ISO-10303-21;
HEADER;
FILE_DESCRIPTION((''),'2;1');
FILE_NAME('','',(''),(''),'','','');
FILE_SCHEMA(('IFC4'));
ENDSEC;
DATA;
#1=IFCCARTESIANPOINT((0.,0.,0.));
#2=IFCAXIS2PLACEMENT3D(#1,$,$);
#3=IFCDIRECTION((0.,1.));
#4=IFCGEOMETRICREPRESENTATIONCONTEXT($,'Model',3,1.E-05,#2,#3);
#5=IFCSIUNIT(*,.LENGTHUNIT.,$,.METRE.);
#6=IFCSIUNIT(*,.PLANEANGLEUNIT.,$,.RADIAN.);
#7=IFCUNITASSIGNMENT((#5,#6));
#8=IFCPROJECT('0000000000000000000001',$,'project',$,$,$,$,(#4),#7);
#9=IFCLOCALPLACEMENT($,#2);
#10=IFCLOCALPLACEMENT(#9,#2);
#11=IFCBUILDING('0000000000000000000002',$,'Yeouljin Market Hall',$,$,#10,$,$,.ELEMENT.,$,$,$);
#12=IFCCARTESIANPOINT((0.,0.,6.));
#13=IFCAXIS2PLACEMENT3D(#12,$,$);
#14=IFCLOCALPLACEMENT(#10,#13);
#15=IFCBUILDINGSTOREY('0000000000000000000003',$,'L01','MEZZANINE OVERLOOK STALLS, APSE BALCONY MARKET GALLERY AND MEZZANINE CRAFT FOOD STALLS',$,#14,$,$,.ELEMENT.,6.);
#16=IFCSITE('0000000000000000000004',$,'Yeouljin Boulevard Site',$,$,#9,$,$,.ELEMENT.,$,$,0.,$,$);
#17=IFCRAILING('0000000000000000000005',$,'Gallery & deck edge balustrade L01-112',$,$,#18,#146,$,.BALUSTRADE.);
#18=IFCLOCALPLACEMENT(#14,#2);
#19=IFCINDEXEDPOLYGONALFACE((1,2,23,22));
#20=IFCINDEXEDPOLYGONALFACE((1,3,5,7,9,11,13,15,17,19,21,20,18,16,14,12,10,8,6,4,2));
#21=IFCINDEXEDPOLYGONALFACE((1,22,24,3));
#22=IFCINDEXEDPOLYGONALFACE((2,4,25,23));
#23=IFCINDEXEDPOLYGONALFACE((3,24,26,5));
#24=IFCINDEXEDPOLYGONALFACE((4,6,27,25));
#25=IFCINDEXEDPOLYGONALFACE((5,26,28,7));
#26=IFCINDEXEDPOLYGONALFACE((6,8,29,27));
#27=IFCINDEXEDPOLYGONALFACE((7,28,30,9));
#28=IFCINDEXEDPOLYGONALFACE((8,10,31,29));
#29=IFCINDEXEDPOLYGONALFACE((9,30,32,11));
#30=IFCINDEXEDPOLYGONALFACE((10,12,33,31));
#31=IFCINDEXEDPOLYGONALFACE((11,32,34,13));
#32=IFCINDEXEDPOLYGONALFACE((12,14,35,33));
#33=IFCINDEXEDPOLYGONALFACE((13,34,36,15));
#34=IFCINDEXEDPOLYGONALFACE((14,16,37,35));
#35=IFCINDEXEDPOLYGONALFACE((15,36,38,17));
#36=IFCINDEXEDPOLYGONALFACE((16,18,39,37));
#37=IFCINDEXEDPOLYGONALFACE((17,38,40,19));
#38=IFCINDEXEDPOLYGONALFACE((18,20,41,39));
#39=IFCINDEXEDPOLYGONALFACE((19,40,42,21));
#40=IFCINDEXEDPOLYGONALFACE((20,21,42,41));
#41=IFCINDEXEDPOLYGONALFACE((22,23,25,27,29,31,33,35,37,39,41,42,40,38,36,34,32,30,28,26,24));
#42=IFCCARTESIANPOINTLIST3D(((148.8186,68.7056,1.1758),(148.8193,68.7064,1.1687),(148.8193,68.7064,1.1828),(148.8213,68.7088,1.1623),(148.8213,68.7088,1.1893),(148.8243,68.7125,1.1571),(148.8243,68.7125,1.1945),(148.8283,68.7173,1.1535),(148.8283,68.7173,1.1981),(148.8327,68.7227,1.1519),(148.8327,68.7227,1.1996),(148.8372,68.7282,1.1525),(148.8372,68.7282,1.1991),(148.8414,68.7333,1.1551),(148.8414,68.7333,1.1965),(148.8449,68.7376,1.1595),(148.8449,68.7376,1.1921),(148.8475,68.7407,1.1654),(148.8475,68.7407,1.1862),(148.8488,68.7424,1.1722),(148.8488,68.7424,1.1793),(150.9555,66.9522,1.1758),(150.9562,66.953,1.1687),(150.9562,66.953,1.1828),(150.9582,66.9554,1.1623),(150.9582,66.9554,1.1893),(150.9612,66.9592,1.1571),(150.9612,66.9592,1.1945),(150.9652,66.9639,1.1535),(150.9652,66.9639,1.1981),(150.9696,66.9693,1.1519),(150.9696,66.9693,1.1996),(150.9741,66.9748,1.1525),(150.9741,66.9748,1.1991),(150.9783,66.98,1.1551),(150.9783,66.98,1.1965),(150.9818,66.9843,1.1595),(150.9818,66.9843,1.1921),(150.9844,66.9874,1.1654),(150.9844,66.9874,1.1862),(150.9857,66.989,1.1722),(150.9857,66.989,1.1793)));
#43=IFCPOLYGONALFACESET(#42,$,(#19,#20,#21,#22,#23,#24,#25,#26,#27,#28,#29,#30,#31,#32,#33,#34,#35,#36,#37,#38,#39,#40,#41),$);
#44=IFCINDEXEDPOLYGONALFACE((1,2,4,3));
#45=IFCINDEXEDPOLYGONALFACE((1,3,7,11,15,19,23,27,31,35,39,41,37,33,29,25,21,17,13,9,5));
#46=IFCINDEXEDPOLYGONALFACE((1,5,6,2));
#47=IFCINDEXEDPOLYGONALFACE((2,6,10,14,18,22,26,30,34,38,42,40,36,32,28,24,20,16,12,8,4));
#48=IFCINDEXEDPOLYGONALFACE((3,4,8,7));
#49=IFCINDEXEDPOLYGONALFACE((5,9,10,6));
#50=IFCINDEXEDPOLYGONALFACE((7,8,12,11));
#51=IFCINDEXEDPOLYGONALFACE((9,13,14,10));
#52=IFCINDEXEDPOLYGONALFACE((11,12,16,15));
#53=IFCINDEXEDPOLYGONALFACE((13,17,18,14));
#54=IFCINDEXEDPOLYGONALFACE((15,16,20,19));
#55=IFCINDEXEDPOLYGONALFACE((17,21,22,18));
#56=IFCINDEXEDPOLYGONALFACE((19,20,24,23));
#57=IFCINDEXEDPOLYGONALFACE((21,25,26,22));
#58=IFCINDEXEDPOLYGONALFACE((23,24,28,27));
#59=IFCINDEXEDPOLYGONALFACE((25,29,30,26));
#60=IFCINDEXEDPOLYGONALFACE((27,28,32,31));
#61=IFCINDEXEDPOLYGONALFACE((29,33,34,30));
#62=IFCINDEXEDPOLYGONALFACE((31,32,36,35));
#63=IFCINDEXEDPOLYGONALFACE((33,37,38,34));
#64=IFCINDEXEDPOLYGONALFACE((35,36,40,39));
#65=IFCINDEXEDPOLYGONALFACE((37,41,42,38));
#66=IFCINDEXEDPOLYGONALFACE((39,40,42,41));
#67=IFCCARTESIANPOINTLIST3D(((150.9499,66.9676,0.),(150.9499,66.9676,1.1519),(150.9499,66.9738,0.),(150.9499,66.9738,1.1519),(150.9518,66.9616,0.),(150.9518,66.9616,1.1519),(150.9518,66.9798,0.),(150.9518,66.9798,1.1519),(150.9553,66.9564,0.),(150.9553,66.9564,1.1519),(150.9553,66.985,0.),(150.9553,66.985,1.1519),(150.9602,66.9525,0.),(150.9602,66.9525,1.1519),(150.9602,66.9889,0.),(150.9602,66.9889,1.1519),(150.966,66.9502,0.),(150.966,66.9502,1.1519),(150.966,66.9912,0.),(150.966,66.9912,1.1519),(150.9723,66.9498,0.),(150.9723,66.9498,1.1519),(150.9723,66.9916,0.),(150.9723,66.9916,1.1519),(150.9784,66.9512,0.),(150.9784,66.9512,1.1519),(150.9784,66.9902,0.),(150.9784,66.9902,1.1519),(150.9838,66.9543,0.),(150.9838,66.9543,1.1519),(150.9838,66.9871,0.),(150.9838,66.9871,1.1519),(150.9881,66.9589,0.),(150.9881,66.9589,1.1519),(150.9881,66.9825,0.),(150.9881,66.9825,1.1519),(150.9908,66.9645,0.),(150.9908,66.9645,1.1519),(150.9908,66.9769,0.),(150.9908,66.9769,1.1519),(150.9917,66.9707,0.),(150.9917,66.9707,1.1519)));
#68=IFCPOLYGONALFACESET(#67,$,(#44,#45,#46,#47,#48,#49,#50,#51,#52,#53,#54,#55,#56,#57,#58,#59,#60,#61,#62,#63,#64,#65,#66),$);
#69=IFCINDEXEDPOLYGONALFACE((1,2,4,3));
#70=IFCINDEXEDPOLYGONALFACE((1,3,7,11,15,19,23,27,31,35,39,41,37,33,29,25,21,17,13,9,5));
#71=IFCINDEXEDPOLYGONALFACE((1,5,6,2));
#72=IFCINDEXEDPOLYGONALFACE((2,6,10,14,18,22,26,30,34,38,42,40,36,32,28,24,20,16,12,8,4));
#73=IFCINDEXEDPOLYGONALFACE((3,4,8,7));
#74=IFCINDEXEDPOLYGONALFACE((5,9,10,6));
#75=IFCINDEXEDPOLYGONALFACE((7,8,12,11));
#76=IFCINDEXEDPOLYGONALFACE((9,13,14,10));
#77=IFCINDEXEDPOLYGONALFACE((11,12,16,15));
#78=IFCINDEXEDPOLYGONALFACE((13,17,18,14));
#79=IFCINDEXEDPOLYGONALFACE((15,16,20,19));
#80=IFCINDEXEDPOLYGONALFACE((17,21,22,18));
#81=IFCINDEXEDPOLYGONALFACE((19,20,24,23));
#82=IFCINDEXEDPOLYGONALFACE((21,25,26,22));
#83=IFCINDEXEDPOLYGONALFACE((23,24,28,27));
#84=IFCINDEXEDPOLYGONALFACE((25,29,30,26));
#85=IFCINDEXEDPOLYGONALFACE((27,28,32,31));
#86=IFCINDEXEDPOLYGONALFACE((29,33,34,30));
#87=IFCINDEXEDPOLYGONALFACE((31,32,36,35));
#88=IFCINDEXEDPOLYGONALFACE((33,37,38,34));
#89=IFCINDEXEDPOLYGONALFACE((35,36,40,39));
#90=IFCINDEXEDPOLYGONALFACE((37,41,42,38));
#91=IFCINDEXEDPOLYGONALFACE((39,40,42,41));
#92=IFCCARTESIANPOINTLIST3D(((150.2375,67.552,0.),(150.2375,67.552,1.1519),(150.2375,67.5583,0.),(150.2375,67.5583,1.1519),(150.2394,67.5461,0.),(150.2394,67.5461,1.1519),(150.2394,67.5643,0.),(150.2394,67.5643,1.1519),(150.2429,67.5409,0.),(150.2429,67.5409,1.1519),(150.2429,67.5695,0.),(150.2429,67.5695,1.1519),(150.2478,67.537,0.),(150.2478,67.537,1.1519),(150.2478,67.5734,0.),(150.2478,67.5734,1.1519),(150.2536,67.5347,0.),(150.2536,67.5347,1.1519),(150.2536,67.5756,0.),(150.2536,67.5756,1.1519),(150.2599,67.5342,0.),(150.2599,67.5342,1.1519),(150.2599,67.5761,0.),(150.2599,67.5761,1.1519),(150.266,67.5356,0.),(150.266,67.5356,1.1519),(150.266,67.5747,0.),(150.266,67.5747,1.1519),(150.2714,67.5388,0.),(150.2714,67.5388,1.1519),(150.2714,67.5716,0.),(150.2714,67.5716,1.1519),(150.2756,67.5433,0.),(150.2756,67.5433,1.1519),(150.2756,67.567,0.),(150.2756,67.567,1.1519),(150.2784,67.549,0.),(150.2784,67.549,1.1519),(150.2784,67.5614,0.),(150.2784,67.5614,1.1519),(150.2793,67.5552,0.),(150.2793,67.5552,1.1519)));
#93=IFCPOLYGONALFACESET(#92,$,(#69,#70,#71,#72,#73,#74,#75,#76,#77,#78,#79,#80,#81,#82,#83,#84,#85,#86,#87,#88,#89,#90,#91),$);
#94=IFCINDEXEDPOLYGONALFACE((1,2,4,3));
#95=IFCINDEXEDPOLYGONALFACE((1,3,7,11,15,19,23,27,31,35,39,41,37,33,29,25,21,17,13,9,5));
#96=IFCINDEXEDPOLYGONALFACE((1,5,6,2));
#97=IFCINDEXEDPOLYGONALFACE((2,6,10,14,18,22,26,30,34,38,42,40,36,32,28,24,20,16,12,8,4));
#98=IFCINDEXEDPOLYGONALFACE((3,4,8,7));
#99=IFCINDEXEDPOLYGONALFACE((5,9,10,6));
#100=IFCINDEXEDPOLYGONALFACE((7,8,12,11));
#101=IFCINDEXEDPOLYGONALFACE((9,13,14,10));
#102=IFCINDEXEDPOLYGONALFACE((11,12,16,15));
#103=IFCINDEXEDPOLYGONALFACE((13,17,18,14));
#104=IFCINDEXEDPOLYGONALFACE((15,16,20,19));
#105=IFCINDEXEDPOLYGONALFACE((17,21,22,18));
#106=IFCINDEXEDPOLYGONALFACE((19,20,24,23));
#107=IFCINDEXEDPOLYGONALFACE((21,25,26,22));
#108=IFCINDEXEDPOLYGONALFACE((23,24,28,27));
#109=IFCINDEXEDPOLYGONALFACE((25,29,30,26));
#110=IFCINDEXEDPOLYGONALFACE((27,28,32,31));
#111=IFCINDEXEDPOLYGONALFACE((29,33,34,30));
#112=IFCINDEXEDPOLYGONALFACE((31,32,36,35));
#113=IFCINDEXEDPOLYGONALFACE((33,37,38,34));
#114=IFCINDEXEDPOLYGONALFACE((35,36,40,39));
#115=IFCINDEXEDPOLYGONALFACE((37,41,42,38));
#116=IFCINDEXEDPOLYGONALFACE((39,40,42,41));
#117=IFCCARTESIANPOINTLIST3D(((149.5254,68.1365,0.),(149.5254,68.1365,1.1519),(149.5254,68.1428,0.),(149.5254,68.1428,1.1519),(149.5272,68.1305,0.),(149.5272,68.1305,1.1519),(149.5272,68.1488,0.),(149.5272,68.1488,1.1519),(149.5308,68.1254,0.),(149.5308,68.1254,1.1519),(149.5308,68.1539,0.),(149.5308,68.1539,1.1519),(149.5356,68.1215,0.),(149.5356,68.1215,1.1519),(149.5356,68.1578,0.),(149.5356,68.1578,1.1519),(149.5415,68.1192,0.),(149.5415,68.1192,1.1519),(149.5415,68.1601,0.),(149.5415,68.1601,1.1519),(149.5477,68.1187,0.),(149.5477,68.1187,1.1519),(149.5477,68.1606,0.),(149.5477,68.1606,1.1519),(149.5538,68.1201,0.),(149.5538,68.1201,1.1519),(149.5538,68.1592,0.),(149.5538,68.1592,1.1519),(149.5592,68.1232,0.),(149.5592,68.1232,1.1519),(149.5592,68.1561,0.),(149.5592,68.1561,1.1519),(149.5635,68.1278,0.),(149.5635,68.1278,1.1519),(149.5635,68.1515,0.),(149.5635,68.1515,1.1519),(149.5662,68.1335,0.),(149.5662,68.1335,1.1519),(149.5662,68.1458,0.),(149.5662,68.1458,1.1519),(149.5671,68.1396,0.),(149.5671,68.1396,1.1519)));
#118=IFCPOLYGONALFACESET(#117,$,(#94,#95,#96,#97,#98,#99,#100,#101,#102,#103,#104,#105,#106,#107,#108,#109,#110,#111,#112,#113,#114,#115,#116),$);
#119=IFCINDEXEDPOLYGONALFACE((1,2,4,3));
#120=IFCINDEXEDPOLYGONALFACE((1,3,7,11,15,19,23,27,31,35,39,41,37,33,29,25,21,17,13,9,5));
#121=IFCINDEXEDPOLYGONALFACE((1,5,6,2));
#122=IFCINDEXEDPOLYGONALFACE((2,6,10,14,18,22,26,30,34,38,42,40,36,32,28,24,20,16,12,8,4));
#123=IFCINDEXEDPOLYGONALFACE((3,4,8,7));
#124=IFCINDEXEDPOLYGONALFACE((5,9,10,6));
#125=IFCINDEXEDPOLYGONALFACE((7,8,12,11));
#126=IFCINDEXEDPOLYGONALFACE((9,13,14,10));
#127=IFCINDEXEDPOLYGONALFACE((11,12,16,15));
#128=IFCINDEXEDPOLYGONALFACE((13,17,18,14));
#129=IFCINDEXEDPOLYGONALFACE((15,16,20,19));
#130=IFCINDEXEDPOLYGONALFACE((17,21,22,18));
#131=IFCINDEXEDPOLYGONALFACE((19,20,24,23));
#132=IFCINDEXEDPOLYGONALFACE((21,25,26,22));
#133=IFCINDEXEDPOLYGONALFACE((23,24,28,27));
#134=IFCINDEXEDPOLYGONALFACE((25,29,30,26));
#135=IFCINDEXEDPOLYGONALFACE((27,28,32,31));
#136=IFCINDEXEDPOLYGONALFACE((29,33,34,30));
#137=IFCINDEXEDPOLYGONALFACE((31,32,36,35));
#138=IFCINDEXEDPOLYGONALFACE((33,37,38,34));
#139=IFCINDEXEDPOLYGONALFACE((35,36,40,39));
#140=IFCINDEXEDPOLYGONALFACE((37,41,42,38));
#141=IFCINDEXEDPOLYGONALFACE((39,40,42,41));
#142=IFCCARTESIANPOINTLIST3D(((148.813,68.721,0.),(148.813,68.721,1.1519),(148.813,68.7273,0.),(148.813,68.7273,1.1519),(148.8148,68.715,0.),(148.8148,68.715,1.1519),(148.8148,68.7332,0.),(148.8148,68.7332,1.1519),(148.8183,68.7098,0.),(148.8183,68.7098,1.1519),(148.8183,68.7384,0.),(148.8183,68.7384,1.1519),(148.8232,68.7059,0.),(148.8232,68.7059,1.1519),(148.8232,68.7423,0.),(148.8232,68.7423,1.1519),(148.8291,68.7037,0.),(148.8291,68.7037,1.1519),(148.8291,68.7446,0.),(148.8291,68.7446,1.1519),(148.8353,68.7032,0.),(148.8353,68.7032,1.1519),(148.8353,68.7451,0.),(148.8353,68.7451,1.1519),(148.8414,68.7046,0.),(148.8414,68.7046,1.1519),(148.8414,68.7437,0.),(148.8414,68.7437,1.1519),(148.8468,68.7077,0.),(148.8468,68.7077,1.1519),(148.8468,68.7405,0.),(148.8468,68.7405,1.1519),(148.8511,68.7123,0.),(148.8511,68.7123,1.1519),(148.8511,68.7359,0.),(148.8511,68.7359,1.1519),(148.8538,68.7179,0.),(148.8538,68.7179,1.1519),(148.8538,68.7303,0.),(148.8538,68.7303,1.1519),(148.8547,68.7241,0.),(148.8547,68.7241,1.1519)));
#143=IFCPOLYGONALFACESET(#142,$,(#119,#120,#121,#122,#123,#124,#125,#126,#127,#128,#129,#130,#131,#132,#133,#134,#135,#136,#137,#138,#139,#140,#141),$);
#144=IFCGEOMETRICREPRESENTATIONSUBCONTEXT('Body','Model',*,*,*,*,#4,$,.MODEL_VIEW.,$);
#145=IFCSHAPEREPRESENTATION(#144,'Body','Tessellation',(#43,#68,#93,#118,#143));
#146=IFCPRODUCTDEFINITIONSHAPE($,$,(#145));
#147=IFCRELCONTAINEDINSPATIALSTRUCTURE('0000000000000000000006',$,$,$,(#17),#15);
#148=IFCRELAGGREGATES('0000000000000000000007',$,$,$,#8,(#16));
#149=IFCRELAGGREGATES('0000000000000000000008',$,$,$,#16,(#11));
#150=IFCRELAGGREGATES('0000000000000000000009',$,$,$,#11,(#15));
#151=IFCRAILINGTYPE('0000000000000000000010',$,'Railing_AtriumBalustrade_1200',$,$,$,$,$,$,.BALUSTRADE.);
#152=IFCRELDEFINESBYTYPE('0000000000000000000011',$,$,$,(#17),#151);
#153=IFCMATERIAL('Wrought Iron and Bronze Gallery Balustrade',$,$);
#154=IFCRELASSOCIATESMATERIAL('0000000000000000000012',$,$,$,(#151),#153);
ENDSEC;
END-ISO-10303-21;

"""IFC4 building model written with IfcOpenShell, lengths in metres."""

from ifc_helpers import new_model, si_unit, direction, frame, origin, origin_2d, place, context, subcontext, project, spatial, circle, extrude, material, type_object, element, save


model = new_model("IFC4")

# Units and contexts
model_context = context("Model", 3, precision=1e-05, world=origin(), true_north=direction((0.0, 1.0)))
body_context = subcontext(model_context, "Body", "Model", "MODEL_VIEW")
ifc_project = project(units=[si_unit("LENGTHUNIT", "METRE"), si_unit("PLANEANGLEUNIT", "RADIAN")], contexts=[model_context])

# Site, building, storey
site_placement = place(None, origin())
site = spatial("IfcSite", under=ifc_project, at=site_placement, Name="Yeouljin Boulevard Site", CompositionType="ELEMENT", RefElevation=0.0)
building_placement = place(site_placement, origin())
building = spatial("IfcBuilding", under=site, at=building_placement, Name="Yeouljin Market Hall", CompositionType="ELEMENT")
storey_placement = place(building_placement, frame((0.0, 0.0, 6.0)))
storey = spatial("IfcBuildingStorey", under=building, at=storey_placement, Name="L01", Description="MEZZANINE OVERLOOK STALLS, APSE BALCONY MARKET GALLERY AND MEZZANINE CRAFT FOOD STALLS", CompositionType="ELEMENT", Elevation=6.0)

# Railing
ifc_material_1 = material(Name="Wrought Iron and Bronze Gallery Balustrade")
railing_type = type_object("IfcRailingType", Name="Railing_AtriumBalustrade_1200", PredefinedType="BALUSTRADE", material=ifc_material_1)
railing_1_placement = place(storey_placement, frame((150.9707, 66.9707, 0.0)))
element("IfcRailing", 1, at=railing_1_placement, inside=storey, type_object=railing_type, Name="Gallery & deck edge balustrade L01-112", PredefinedType="BALUSTRADE", context=body_context, shape_type="SweptSolid", body=[
    extrude(circle(Radius=0.0239, at=origin_2d()), frame((0.0, 0.0, 1.1758), z_axis=(-0.773071, 0.634319, 0.0), x_axis=(-0.634319, -0.773071, 0.0)), (0.0, 0.0, 1.0), 2.7642),
    extrude(circle(Radius=0.021, at=origin_2d()), origin(), (0.0, 0.0, 1.0), 1.1519),
    extrude(circle(Radius=0.021, at=origin_2d()), frame((-0.7124, 0.5845, 0.0)), (0.0, 0.0, 1.0), 1.1519),
    extrude(circle(Radius=0.021, at=origin_2d()), frame((-1.4246, 1.1689, 0.0)), (0.0, 0.0, 1.0), 1.1519),
    extrude(circle(Radius=0.021, at=origin_2d()), frame((-2.137, 1.7534, 0.0)), (0.0, 0.0, 1.0), 1.1519),
])

save(model, "model.ifc")
